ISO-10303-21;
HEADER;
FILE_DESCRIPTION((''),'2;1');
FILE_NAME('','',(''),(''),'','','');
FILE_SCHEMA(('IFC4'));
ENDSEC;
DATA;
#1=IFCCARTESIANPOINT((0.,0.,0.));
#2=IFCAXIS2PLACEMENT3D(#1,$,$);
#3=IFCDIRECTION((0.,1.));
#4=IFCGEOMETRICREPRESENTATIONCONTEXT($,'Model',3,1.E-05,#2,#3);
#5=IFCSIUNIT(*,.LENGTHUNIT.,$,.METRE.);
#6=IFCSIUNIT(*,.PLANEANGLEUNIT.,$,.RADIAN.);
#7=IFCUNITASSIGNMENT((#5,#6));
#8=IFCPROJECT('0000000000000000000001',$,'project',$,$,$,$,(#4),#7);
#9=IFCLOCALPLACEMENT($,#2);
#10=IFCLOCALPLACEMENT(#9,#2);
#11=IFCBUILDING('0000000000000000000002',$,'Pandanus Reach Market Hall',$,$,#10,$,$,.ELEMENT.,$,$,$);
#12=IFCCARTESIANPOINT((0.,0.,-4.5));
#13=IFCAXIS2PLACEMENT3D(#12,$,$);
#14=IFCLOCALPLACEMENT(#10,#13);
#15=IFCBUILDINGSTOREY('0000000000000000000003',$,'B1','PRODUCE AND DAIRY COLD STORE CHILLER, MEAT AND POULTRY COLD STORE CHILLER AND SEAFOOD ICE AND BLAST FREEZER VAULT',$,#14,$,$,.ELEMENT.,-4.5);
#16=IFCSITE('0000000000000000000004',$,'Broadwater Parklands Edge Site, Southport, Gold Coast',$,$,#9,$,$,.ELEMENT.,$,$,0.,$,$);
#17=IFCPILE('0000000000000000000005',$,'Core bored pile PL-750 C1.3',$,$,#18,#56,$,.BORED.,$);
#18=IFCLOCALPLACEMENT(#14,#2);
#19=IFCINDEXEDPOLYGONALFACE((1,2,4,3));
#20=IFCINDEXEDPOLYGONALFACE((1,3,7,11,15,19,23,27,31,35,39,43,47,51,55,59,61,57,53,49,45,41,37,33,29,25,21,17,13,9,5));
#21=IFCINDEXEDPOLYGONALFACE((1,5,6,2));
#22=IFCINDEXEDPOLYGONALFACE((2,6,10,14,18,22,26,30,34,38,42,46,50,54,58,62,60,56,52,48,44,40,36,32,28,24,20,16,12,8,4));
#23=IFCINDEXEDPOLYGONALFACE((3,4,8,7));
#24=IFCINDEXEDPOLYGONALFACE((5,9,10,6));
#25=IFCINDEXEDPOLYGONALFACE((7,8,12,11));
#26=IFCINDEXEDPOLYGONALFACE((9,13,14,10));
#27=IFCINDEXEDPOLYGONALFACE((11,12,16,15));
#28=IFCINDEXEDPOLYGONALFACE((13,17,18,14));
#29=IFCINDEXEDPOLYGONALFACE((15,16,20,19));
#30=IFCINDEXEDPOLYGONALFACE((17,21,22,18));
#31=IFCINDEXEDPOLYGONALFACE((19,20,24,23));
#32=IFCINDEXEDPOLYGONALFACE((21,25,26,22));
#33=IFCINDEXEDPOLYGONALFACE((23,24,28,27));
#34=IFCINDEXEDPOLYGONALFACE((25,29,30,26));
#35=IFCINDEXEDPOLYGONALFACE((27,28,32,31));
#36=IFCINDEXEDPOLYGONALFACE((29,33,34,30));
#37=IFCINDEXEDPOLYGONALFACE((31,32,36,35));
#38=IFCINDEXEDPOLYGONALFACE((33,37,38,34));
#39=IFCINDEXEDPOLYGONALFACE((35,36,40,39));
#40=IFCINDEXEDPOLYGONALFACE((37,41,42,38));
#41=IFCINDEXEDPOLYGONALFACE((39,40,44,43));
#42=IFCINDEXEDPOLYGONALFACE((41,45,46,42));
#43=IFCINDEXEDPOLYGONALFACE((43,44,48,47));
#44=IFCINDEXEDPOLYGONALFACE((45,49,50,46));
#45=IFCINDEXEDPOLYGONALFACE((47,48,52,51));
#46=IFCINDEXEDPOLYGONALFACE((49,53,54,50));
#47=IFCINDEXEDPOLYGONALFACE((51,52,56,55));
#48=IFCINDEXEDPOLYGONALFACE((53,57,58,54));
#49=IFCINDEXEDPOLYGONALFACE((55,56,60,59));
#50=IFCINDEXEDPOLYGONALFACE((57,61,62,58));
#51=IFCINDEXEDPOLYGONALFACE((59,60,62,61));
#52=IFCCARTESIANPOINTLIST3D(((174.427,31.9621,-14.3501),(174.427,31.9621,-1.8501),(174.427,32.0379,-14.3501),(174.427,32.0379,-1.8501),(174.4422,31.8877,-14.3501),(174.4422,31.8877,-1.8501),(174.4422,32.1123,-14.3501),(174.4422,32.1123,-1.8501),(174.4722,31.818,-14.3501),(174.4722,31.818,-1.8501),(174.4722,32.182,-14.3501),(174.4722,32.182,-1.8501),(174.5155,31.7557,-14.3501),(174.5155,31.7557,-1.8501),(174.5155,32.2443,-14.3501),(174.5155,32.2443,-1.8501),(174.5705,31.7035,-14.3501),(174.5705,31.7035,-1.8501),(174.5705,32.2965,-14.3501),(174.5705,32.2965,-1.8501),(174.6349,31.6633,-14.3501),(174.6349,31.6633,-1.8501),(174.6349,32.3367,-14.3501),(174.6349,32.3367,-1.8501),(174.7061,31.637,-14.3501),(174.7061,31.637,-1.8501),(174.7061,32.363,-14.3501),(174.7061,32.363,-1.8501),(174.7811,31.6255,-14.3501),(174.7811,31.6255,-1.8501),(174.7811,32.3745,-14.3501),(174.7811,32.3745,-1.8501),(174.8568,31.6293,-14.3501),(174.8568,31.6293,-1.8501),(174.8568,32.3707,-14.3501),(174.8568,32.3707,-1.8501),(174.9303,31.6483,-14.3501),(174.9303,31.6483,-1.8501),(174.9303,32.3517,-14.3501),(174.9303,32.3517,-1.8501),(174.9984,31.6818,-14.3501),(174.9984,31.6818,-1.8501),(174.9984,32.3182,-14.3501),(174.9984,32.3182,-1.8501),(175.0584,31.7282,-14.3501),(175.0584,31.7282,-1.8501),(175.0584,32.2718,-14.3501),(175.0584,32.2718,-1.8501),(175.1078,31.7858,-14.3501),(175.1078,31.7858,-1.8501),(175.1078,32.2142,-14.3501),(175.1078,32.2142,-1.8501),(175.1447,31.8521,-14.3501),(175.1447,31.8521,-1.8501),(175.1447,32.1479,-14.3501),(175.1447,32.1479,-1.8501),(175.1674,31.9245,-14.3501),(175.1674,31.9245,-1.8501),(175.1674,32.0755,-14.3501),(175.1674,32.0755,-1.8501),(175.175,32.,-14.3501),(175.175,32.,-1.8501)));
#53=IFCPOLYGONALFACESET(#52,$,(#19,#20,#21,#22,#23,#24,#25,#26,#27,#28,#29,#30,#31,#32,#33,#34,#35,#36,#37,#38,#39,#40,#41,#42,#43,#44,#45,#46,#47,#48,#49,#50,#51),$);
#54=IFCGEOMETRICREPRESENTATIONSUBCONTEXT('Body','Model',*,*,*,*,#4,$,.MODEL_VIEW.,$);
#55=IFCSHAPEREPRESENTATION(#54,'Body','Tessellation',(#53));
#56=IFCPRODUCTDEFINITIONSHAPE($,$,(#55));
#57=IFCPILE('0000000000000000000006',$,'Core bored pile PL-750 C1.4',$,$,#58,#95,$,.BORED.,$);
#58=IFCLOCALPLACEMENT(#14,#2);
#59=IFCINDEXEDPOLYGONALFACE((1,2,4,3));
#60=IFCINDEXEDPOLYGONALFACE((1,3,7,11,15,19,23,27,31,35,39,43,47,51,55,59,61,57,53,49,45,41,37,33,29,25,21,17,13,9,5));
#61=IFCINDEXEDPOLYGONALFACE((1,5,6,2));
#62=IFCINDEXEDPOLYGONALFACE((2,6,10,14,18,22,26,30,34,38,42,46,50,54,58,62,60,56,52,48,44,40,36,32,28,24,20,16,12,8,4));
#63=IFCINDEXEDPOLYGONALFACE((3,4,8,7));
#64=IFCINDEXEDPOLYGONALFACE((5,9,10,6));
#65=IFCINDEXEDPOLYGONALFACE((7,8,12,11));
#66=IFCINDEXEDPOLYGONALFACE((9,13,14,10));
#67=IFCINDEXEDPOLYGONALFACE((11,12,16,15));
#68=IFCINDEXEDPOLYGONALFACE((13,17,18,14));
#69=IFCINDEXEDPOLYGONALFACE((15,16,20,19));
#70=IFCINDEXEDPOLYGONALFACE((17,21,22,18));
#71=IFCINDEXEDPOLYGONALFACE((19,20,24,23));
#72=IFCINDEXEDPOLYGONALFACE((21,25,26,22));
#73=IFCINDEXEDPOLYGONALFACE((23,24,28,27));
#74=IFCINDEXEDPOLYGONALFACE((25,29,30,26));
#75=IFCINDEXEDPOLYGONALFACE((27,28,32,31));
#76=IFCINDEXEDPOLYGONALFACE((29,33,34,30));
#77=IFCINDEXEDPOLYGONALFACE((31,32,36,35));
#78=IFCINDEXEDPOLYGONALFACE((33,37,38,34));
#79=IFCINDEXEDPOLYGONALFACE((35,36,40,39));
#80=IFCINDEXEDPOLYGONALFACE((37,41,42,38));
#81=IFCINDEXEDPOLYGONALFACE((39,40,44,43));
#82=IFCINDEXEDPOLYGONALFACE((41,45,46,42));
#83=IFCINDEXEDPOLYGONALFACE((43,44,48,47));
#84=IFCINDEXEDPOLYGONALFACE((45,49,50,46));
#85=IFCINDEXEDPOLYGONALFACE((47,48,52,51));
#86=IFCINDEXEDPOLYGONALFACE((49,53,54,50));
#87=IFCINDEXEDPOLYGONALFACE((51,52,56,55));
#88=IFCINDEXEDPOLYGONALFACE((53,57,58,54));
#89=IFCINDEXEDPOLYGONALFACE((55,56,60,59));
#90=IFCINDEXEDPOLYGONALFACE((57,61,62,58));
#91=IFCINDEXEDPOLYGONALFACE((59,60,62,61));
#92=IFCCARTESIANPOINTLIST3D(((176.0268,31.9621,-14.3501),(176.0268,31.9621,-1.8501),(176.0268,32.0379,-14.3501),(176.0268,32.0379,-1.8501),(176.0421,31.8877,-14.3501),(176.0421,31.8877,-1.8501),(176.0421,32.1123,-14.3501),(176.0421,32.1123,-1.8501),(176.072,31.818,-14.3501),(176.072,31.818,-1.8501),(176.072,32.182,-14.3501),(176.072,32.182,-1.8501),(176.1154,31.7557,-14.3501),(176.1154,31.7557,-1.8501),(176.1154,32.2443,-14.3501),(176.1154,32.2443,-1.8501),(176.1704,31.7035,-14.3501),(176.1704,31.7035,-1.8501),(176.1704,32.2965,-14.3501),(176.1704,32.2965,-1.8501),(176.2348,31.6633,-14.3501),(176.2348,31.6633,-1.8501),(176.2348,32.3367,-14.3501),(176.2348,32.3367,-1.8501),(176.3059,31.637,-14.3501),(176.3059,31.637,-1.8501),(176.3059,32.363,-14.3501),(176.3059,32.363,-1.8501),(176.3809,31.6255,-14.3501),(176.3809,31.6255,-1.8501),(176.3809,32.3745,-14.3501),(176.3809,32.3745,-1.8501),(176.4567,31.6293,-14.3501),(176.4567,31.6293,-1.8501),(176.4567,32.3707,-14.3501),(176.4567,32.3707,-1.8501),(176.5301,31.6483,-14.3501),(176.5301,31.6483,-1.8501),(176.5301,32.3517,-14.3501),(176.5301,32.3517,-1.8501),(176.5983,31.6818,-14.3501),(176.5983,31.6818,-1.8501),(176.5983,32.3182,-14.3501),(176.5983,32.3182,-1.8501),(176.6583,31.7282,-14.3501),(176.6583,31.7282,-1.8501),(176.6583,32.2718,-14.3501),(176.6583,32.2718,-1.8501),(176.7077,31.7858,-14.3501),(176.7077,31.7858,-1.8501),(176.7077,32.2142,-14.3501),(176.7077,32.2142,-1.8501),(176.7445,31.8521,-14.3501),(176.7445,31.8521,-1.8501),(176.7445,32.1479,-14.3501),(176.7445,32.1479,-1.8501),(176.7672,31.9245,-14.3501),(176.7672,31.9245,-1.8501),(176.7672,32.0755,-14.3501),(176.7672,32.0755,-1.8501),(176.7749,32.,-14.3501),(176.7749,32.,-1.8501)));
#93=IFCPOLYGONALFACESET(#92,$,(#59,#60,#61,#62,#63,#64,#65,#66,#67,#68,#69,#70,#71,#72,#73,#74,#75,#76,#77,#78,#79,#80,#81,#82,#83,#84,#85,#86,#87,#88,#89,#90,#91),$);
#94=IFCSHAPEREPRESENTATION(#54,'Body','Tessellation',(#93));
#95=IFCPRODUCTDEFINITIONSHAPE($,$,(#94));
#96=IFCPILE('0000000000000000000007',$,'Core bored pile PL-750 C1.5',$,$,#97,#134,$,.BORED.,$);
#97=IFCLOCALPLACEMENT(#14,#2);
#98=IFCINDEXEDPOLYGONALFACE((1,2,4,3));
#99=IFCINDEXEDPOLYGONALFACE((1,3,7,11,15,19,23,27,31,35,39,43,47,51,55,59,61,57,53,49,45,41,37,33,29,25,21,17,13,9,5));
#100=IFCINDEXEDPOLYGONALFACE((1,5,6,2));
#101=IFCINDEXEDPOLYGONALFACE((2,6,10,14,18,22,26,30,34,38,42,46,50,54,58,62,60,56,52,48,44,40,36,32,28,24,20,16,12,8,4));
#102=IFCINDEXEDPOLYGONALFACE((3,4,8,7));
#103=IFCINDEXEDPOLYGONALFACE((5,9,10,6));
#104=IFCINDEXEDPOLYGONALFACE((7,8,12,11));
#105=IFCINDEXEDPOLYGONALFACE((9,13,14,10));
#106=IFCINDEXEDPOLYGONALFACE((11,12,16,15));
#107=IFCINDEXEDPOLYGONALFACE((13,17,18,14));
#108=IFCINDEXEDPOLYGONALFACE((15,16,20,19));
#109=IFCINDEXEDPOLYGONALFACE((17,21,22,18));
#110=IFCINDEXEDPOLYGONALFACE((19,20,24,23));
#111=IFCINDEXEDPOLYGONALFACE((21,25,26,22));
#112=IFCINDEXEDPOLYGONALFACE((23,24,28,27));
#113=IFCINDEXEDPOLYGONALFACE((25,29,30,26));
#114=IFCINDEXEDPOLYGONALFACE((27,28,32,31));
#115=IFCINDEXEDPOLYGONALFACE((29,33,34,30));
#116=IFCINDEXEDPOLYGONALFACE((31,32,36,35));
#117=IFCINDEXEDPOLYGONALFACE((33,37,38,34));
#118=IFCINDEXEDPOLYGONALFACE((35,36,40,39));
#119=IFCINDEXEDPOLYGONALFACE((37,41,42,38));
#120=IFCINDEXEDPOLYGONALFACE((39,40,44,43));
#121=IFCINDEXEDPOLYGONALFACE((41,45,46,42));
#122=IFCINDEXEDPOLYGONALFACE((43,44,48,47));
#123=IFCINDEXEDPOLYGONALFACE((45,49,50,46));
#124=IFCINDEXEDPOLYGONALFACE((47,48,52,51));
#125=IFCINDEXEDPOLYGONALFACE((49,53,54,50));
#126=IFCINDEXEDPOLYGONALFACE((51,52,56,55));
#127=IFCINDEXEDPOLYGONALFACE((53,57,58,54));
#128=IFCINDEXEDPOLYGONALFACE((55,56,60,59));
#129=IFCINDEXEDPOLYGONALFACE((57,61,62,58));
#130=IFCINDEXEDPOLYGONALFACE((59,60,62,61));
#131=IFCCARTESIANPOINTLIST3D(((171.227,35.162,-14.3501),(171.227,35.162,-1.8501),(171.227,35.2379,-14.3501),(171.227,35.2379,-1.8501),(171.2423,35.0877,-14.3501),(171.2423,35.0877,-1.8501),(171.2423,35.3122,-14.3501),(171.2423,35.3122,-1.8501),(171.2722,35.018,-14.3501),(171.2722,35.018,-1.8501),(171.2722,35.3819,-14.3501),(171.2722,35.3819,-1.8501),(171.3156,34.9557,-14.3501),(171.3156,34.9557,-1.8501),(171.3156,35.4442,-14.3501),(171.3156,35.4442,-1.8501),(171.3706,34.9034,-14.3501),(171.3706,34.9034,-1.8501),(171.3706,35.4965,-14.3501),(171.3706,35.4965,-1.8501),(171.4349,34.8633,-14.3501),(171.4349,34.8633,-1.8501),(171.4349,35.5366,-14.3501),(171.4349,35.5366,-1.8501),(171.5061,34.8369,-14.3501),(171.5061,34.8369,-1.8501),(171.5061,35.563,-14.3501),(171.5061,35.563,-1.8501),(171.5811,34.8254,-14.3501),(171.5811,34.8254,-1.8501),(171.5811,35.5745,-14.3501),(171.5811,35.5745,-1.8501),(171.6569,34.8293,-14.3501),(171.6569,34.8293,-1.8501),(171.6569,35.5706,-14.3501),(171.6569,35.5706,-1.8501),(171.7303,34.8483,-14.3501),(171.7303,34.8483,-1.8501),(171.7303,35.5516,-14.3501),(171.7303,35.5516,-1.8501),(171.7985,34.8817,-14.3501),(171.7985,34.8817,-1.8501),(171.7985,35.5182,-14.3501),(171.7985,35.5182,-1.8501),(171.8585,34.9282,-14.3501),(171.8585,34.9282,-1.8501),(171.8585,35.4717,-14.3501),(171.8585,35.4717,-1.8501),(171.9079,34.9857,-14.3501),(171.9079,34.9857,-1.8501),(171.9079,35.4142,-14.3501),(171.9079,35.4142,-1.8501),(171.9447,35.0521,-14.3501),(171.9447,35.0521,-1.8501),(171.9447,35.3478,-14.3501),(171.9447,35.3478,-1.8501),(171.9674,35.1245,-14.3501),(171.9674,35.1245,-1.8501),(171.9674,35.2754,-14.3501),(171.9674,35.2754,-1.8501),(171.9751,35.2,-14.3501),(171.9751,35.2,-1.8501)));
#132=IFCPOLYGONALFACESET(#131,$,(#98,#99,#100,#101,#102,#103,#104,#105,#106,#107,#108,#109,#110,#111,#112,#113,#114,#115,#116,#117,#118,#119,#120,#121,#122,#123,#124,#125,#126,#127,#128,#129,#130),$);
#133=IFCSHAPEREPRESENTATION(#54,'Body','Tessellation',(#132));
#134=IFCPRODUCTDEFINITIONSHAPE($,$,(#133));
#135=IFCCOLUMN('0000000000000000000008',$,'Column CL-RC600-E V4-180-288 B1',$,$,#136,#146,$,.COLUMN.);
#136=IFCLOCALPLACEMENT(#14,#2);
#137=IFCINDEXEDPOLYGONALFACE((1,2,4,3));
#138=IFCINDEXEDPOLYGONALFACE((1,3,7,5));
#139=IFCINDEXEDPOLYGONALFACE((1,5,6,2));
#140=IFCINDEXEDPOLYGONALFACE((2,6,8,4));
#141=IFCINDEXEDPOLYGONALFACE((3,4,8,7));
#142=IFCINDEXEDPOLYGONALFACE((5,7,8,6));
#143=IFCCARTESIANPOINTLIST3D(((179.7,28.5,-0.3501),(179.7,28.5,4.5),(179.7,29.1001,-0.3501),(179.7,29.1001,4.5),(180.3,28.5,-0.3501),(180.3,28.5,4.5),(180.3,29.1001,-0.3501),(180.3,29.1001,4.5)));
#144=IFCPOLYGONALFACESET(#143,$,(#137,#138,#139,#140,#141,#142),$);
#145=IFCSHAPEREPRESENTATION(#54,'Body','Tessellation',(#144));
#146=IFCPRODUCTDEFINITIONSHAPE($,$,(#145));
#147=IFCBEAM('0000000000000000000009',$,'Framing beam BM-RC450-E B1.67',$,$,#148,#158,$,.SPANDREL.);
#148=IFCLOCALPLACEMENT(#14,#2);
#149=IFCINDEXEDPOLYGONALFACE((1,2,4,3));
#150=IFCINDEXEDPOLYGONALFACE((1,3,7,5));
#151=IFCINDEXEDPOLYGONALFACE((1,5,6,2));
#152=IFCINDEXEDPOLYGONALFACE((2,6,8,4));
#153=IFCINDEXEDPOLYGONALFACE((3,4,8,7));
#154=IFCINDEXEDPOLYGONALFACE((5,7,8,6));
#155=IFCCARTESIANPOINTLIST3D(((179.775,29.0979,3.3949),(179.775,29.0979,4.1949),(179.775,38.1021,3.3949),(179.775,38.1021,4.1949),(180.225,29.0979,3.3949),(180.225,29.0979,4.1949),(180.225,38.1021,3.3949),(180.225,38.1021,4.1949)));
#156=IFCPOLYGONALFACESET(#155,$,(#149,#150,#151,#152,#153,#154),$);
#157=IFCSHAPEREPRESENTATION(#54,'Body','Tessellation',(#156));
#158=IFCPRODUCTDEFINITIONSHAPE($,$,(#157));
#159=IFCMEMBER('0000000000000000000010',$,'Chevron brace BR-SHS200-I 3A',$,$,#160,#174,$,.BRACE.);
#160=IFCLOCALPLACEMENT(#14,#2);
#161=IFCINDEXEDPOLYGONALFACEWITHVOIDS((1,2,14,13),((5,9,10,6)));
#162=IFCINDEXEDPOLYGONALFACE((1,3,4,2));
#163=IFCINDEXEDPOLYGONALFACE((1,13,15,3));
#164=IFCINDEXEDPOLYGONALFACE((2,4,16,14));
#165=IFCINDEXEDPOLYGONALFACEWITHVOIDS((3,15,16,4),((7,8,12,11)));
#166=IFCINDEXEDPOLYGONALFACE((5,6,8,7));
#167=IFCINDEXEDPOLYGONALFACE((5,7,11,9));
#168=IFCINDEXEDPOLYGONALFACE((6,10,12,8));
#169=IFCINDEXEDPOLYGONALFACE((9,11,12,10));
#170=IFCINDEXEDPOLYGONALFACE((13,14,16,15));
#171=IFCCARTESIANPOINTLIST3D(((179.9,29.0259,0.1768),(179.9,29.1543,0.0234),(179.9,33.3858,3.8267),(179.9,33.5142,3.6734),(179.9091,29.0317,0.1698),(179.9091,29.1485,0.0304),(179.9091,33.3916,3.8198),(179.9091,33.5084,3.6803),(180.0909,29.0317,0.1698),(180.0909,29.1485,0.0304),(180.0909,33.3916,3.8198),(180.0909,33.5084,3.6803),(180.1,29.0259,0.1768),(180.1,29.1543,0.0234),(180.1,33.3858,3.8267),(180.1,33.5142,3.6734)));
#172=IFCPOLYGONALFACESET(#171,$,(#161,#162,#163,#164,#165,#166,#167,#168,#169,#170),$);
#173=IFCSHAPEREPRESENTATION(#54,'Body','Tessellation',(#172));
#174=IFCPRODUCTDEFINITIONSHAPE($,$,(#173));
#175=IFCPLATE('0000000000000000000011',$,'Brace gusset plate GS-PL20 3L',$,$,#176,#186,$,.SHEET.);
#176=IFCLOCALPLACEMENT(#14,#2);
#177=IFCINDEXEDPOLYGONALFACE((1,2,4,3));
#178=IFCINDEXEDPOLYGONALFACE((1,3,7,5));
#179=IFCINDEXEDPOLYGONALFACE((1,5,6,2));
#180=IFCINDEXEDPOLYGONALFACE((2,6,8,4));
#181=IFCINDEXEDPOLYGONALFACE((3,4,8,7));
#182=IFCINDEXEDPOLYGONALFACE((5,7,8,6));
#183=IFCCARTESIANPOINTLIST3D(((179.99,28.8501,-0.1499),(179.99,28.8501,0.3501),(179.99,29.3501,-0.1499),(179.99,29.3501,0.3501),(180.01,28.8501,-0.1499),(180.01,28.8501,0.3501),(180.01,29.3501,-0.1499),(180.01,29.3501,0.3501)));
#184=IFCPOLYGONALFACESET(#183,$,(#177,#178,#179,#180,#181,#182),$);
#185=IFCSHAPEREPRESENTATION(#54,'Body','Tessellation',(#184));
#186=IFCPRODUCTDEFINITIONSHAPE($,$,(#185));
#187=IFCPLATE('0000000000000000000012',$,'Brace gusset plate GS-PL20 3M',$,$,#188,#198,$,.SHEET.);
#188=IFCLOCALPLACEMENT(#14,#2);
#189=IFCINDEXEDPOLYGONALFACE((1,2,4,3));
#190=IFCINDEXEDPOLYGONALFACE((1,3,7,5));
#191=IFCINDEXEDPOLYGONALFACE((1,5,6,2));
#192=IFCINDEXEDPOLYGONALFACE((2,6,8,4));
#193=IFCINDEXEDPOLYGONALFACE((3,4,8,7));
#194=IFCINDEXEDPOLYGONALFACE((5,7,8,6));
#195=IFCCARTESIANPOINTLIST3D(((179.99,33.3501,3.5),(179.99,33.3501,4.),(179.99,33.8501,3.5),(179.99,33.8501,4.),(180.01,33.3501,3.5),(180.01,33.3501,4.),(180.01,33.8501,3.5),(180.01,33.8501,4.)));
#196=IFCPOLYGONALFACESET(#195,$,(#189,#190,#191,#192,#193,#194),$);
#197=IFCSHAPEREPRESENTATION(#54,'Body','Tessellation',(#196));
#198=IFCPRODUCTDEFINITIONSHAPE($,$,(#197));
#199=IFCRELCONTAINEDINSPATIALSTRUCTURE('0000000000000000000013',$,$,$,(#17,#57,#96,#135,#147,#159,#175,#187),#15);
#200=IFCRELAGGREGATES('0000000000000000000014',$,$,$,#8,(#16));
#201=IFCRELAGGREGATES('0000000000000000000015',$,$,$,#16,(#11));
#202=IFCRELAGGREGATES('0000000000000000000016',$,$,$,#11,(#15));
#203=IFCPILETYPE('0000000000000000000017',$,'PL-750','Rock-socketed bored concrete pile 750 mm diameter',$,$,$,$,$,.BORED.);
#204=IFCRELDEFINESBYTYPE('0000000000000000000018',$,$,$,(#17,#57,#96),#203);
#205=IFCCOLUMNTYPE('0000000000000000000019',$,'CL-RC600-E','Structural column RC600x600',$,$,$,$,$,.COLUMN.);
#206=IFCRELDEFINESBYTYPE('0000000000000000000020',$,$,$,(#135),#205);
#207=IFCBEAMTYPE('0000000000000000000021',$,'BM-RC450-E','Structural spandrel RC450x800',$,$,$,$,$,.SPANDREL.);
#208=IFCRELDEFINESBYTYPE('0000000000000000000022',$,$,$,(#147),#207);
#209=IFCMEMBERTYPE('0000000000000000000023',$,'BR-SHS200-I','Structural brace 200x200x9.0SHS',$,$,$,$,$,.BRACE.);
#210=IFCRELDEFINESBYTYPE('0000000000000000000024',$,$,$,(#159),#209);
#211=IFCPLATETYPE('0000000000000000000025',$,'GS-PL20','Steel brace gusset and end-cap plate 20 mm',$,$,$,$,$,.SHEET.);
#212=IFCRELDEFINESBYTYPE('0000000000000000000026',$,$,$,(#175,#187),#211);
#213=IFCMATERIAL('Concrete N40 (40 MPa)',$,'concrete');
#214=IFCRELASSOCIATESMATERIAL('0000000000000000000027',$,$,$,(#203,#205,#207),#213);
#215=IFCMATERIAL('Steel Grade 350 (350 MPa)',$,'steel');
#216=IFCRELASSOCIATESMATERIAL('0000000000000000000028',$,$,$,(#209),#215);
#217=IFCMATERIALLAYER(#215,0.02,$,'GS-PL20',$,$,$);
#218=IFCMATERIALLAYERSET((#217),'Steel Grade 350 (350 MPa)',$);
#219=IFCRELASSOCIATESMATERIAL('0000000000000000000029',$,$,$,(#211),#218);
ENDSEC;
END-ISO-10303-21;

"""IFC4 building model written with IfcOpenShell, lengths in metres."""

from ifc_helpers import new_model, si_unit, direction, frame, origin, origin_2d, place, context, subcontext, project, spatial, rectangle, hollow_rectangle, circle, extrude, material, layer, layer_set, material_profile, profile_set, type_object, element, save


model = new_model("IFC4")

# Units and contexts
model_context = context("Model", 3, precision=1e-05, world=origin(), true_north=direction((0.0, 1.0)))
body_context = subcontext(model_context, "Body", "Model", "MODEL_VIEW")
ifc_project = project(units=[si_unit("LENGTHUNIT", "METRE"), si_unit("PLANEANGLEUNIT", "RADIAN")], contexts=[model_context])

# Site, building, storey
site_placement = place(None, origin())
site = spatial("IfcSite", under=ifc_project, at=site_placement, Name="Broadwater Parklands Edge Site, Southport, Gold Coast", CompositionType="ELEMENT", RefElevation=0.0)
building_placement = place(site_placement, origin())
building = spatial("IfcBuilding", under=site, at=building_placement, Name="Pandanus Reach Market Hall", CompositionType="ELEMENT")
storey_placement = place(building_placement, frame((0.0, 0.0, -4.5)))
storey = spatial("IfcBuildingStorey", under=building, at=storey_placement, Name="B1", Description="PRODUCE AND DAIRY COLD STORE CHILLER, MEAT AND POULTRY COLD STORE CHILLER AND SEAFOOD ICE AND BLAST FREEZER VAULT", CompositionType="ELEMENT", Elevation=-4.5)

# Shared definitions
ifc_material_1 = material(Name="Concrete N40 (40 MPa)", Category="concrete")

# Piles
ifc_material_profile_1 = material_profile(ifc_material_1, circle(Radius=0.375, at=origin_2d()), Name="PILE-750D", Category="LoadBearing")
ifc_profile_set_1 = profile_set([ifc_material_profile_1], Name="Concrete N40 (40 MPa)")
pile_type_1 = type_object("IfcPileType", Name="PL-750", Description="Rock-socketed bored concrete pile 750 mm diameter", PredefinedType="BORED", material=ifc_profile_set_1)
for number, where, z_axis, x_axis, name in (
    (1, (174.8, 32.0, -1.8501), (0.0, 0.0, -1.0), (1.0, 0.0, 0.0), "Core bored pile PL-750 C1.3"),
    (2, (176.3999, 32.0, -1.8501), (0.0, 0.0, -1.0), (1.0, 0.0, 0.0), "Core bored pile PL-750 C1.4"),
    (3, (171.6001, 35.2, -1.8501), (0.0, 0.0, -1.0), (1.0, 0.0, 0.0), "Core bored pile PL-750 C1.5"),
):
    element("IfcPile", number, at=place(storey_placement, frame(where, z_axis=z_axis, x_axis=x_axis)), inside=storey, type_object=pile_type_1, Name=name, PredefinedType="BORED", context=body_context, shape_type="SweptSolid", body=[
        extrude(circle(Radius=0.375, at=origin_2d()), origin(), (0.0, 0.0, 1.0), 12.5),
    ])

# Column
ifc_material_profile_2 = material_profile(ifc_material_1, rectangle(XDim=0.6001, YDim=0.6001, at=origin_2d()), Name="RC600x600", Category="LoadBearing")
ifc_profile_set_2 = profile_set([ifc_material_profile_2], Name="Concrete N40 (40 MPa)")
column_type = type_object("IfcColumnType", Name="CL-RC600-E", Description="Structural column RC600x600", PredefinedType="COLUMN", material=ifc_profile_set_2)
column_placement = place(storey_placement, frame((180.0, 28.8, -0.3501), z_axis=(0.0, 0.0, 1.0), x_axis=(1.0, 0.0, 0.0)))
element("IfcColumn", 4, at=column_placement, inside=storey, type_object=column_type, Name="Column CL-RC600-E V4-180-288 B1", PredefinedType="COLUMN", context=body_context, shape_type="SweptSolid", body=[
    extrude(rectangle(XDim=0.6001, YDim=0.6001, at=origin_2d()), origin(), (0.0, 0.0, 1.0), 4.8501),
])

# Beam
ifc_material_profile_3 = material_profile(ifc_material_1, rectangle(XDim=0.45, YDim=0.8, at=origin_2d()), Name="RC450x800", Category="LoadBearing")
ifc_profile_set_3 = profile_set([ifc_material_profile_3], Name="Concrete N40 (40 MPa)")
beam_type = type_object("IfcBeamType", Name="BM-RC450-E", Description="Structural spandrel RC450x800", PredefinedType="SPANDREL", material=ifc_profile_set_3)
beam_placement = place(storey_placement, frame((180.0, 29.0979, 3.7949), z_axis=(0.0, 1.0, 0.0), x_axis=(-1.0, 0.0, 0.0)))
element("IfcBeam", 5, at=beam_placement, inside=storey, type_object=beam_type, Name="Framing beam BM-RC450-E B1.67", PredefinedType="SPANDREL", context=body_context, shape_type="SweptSolid", body=[
    extrude(rectangle(XDim=0.45, YDim=0.8, at=origin_2d()), origin(), (0.0, 0.0, 1.0), 9.0042),
])

# Member
ifc_material_2 = material(Name="Steel Grade 350 (350 MPa)", Category="steel")
ifc_material_profile_4 = material_profile(ifc_material_2, hollow_rectangle(XDim=0.2, YDim=0.2, WallThickness=0.009, at=origin_2d()), Name="200x200x9.0SHS", Category="LoadBearing")
ifc_profile_set_4 = profile_set([ifc_material_profile_4], Name="Steel Grade 350 (350 MPa)")
member_type = type_object("IfcMemberType", Name="BR-SHS200-I", Description="Structural brace 200x200x9.0SHS", PredefinedType="BRACE", material=ifc_profile_set_4)
member_placement = place(storey_placement, frame((180.0, 29.0901, 0.1001), z_axis=(0.0, 0.766776, 0.641914), x_axis=(-1.0, 0.0, 0.0)))
element("IfcMember", 6, at=member_placement, inside=storey, type_object=member_type, Name="Chevron brace BR-SHS200-I 3A", PredefinedType="BRACE", context=body_context, shape_type="SweptSolid", body=[
    extrude(hollow_rectangle(XDim=0.2, YDim=0.2, WallThickness=0.009, at=origin_2d()), origin(), (0.0, 0.0, 1.0), 5.686),
])

# Plates
ifc_layer_1 = layer(ifc_material_2, 0.02, Name="GS-PL20")
ifc_layer_set_1 = layer_set([ifc_layer_1], Name="Steel Grade 350 (350 MPa)")
plate_type = type_object("IfcPlateType", Name="GS-PL20", Description="Steel brace gusset and end-cap plate 20 mm", PredefinedType="SHEET", material=ifc_layer_set_1)
for number, where, z_axis, x_axis, name in (
    (7, (180.0, 29.1001, -0.1499), (0.0, 0.0, 1.0), (0.0, 1.0, 0.0), "Brace gusset plate GS-PL20 3L"),
    (8, (180.0, 33.6001, 3.5), (0.0, 0.0, 1.0), (0.0, 1.0, 0.0), "Brace gusset plate GS-PL20 3M"),
):
    element("IfcPlate", number, at=place(storey_placement, frame(where, z_axis=z_axis, x_axis=x_axis)), inside=storey, type_object=plate_type, Name=name, PredefinedType="SHEET", context=body_context, shape_type="SweptSolid", body=[
        extrude(rectangle(XDim=0.5, YDim=0.02, at=origin_2d()), origin(), (0.0, 0.0, 1.0), 0.5),
    ])

save(model, "model.ifc")
